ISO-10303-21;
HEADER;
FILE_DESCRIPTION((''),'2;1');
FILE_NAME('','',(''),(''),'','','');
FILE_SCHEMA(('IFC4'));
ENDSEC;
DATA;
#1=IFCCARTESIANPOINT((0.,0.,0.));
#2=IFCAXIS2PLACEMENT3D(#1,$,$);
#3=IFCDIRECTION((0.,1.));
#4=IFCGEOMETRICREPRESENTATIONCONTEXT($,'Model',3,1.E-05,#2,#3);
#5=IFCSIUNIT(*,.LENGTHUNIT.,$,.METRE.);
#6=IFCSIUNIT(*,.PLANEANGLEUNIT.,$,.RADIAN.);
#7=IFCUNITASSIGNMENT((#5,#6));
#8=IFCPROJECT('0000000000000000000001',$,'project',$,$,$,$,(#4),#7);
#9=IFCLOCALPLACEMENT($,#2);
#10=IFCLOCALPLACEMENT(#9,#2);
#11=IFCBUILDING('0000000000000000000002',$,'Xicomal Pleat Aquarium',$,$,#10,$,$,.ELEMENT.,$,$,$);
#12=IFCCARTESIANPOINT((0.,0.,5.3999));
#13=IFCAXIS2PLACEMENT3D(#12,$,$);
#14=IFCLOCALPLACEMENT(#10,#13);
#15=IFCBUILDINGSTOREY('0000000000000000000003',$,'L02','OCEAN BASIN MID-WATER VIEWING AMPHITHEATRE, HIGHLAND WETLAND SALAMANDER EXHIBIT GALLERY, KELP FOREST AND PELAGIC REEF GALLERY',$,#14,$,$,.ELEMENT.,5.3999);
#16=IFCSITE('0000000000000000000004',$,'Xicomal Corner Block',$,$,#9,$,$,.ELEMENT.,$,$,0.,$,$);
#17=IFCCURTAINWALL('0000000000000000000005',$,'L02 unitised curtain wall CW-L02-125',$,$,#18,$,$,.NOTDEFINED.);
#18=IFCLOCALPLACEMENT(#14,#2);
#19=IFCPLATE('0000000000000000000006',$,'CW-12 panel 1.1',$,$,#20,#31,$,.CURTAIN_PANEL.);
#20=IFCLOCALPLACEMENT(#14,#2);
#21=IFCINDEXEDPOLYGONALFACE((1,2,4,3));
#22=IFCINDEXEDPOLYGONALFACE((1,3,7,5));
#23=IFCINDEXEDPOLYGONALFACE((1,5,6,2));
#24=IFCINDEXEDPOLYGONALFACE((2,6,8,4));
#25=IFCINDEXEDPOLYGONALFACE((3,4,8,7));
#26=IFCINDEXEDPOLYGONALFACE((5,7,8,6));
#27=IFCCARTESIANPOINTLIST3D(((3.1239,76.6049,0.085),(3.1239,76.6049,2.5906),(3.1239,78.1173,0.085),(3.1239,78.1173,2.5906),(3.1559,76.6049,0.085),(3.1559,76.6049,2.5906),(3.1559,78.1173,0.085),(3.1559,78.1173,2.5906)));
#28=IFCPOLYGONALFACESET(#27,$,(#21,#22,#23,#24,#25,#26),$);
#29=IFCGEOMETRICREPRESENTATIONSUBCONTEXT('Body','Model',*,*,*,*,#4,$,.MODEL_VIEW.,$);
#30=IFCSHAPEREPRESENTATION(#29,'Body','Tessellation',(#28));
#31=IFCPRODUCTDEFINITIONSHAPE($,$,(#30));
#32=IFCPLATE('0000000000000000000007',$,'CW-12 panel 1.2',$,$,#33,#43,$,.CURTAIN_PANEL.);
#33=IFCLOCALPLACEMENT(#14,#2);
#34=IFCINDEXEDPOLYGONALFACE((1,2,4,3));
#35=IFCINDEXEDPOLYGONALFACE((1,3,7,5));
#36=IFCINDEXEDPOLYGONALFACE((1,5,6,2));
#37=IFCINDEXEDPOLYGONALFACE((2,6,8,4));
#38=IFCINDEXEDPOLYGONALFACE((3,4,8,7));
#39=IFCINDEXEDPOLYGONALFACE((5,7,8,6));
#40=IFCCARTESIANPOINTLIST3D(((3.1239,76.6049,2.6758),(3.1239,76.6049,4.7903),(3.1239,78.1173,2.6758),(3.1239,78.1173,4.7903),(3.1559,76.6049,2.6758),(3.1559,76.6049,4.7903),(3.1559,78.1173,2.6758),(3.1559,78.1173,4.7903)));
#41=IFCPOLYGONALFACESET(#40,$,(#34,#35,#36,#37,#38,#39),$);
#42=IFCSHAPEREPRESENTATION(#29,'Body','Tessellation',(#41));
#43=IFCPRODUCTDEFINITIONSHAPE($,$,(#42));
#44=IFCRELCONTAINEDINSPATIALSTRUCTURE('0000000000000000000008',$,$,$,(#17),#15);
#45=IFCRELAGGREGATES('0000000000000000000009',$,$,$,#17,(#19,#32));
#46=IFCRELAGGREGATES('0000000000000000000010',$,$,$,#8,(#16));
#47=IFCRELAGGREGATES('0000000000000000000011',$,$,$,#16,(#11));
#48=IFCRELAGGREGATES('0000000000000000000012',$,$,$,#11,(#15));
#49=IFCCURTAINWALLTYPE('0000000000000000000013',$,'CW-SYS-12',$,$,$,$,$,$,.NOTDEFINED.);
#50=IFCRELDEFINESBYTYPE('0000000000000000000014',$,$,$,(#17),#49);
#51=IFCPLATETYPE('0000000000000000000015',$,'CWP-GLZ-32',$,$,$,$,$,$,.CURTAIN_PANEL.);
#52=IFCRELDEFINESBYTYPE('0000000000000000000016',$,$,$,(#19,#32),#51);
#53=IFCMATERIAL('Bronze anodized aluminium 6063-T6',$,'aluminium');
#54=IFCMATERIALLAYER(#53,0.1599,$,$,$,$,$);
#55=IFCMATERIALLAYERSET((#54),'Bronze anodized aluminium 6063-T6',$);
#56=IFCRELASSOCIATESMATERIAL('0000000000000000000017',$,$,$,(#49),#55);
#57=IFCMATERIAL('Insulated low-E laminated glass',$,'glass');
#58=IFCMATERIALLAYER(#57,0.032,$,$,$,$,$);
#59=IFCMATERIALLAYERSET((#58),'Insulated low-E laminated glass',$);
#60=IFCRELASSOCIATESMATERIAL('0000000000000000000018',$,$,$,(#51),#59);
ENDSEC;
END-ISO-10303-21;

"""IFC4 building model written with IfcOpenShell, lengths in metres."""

from ifc_helpers import new_model, si_unit, direction, frame, origin, origin_2d, place, context, subcontext, project, spatial, rectangle, extrude, material, layer, layer_set, type_object, element, aggregate, save


model = new_model("IFC4")

# Units and contexts
model_context = context("Model", 3, precision=1e-05, world=origin(), true_north=direction((0.0, 1.0)))
body_context = subcontext(model_context, "Body", "Model", "MODEL_VIEW")
ifc_project = project(units=[si_unit("LENGTHUNIT", "METRE"), si_unit("PLANEANGLEUNIT", "RADIAN")], contexts=[model_context])

# Site, building, storey
site_placement = place(None, origin())
site = spatial("IfcSite", under=ifc_project, at=site_placement, Name="Xicomal Corner Block", CompositionType="ELEMENT", RefElevation=0.0)
building_placement = place(site_placement, origin())
building = spatial("IfcBuilding", under=site, at=building_placement, Name="Xicomal Pleat Aquarium", CompositionType="ELEMENT")
storey_placement = place(building_placement, frame((0.0, 0.0, 5.3999)))
storey = spatial("IfcBuildingStorey", under=building, at=storey_placement, Name="L02", Description="OCEAN BASIN MID-WATER VIEWING AMPHITHEATRE, HIGHLAND WETLAND SALAMANDER EXHIBIT GALLERY, KELP FOREST AND PELAGIC REEF GALLERY", CompositionType="ELEMENT", Elevation=5.3999)

# Curtain wall
ifc_material_1 = material(Name="Bronze anodized aluminium 6063-T6", Category="aluminium")
ifc_layer_1 = layer(ifc_material_1, 0.1599)
ifc_layer_set_1 = layer_set([ifc_layer_1], Name="Bronze anodized aluminium 6063-T6")
curtain_wall_type_1 = type_object("IfcCurtainWallType", Name="CW-SYS-12", PredefinedType="NOTDEFINED", material=ifc_layer_set_1)
curtain_wall_1_placement = place(storey_placement, origin())
curtain_wall_1 = element("IfcCurtainWall", 1, at=curtain_wall_1_placement, inside=storey, type_object=curtain_wall_type_1, Name="L02 unitised curtain wall CW-L02-125", PredefinedType="NOTDEFINED")

# Plates
ifc_material_2 = material(Name="Insulated low-E laminated glass", Category="glass")
ifc_layer_2 = layer(ifc_material_2, 0.032)
ifc_layer_set_2 = layer_set([ifc_layer_2], Name="Insulated low-E laminated glass")
plate_type_1 = type_object("IfcPlateType", Name="CWP-GLZ-32", PredefinedType="CURTAIN_PANEL", material=ifc_layer_set_2)
plate_1_placement = place(storey_placement, frame((3.1399, 77.3611, 0.085), z_axis=(0.0, 0.0, 1.0), x_axis=(0.0, 1.0, 0.0)))
plate_1 = element("IfcPlate", 2, at=plate_1_placement, type_object=plate_type_1, Name="CW-12 panel 1.1", PredefinedType="CURTAIN_PANEL", context=body_context, shape_type="SweptSolid", body=[
    extrude(rectangle(XDim=1.5125, YDim=0.032, at=origin_2d()), origin(), (0.0, 0.0, 1.0), 2.5056),
])
plate_2_placement = place(storey_placement, frame((3.1399, 77.3611, 2.6758), z_axis=(0.0, 0.0, 1.0), x_axis=(0.0, 1.0, 0.0)))
plate_2 = element("IfcPlate", 3, at=plate_2_placement, type_object=plate_type_1, Name="CW-12 panel 1.2", PredefinedType="CURTAIN_PANEL", context=body_context, shape_type="SweptSolid", body=[
    extrude(rectangle(XDim=1.5125, YDim=0.032, at=origin_2d()), origin(), (0.0, 0.0, 1.0), 2.1145),
])
aggregate(curtain_wall_1, [plate_1, plate_2])

save(model, "model.ifc")
